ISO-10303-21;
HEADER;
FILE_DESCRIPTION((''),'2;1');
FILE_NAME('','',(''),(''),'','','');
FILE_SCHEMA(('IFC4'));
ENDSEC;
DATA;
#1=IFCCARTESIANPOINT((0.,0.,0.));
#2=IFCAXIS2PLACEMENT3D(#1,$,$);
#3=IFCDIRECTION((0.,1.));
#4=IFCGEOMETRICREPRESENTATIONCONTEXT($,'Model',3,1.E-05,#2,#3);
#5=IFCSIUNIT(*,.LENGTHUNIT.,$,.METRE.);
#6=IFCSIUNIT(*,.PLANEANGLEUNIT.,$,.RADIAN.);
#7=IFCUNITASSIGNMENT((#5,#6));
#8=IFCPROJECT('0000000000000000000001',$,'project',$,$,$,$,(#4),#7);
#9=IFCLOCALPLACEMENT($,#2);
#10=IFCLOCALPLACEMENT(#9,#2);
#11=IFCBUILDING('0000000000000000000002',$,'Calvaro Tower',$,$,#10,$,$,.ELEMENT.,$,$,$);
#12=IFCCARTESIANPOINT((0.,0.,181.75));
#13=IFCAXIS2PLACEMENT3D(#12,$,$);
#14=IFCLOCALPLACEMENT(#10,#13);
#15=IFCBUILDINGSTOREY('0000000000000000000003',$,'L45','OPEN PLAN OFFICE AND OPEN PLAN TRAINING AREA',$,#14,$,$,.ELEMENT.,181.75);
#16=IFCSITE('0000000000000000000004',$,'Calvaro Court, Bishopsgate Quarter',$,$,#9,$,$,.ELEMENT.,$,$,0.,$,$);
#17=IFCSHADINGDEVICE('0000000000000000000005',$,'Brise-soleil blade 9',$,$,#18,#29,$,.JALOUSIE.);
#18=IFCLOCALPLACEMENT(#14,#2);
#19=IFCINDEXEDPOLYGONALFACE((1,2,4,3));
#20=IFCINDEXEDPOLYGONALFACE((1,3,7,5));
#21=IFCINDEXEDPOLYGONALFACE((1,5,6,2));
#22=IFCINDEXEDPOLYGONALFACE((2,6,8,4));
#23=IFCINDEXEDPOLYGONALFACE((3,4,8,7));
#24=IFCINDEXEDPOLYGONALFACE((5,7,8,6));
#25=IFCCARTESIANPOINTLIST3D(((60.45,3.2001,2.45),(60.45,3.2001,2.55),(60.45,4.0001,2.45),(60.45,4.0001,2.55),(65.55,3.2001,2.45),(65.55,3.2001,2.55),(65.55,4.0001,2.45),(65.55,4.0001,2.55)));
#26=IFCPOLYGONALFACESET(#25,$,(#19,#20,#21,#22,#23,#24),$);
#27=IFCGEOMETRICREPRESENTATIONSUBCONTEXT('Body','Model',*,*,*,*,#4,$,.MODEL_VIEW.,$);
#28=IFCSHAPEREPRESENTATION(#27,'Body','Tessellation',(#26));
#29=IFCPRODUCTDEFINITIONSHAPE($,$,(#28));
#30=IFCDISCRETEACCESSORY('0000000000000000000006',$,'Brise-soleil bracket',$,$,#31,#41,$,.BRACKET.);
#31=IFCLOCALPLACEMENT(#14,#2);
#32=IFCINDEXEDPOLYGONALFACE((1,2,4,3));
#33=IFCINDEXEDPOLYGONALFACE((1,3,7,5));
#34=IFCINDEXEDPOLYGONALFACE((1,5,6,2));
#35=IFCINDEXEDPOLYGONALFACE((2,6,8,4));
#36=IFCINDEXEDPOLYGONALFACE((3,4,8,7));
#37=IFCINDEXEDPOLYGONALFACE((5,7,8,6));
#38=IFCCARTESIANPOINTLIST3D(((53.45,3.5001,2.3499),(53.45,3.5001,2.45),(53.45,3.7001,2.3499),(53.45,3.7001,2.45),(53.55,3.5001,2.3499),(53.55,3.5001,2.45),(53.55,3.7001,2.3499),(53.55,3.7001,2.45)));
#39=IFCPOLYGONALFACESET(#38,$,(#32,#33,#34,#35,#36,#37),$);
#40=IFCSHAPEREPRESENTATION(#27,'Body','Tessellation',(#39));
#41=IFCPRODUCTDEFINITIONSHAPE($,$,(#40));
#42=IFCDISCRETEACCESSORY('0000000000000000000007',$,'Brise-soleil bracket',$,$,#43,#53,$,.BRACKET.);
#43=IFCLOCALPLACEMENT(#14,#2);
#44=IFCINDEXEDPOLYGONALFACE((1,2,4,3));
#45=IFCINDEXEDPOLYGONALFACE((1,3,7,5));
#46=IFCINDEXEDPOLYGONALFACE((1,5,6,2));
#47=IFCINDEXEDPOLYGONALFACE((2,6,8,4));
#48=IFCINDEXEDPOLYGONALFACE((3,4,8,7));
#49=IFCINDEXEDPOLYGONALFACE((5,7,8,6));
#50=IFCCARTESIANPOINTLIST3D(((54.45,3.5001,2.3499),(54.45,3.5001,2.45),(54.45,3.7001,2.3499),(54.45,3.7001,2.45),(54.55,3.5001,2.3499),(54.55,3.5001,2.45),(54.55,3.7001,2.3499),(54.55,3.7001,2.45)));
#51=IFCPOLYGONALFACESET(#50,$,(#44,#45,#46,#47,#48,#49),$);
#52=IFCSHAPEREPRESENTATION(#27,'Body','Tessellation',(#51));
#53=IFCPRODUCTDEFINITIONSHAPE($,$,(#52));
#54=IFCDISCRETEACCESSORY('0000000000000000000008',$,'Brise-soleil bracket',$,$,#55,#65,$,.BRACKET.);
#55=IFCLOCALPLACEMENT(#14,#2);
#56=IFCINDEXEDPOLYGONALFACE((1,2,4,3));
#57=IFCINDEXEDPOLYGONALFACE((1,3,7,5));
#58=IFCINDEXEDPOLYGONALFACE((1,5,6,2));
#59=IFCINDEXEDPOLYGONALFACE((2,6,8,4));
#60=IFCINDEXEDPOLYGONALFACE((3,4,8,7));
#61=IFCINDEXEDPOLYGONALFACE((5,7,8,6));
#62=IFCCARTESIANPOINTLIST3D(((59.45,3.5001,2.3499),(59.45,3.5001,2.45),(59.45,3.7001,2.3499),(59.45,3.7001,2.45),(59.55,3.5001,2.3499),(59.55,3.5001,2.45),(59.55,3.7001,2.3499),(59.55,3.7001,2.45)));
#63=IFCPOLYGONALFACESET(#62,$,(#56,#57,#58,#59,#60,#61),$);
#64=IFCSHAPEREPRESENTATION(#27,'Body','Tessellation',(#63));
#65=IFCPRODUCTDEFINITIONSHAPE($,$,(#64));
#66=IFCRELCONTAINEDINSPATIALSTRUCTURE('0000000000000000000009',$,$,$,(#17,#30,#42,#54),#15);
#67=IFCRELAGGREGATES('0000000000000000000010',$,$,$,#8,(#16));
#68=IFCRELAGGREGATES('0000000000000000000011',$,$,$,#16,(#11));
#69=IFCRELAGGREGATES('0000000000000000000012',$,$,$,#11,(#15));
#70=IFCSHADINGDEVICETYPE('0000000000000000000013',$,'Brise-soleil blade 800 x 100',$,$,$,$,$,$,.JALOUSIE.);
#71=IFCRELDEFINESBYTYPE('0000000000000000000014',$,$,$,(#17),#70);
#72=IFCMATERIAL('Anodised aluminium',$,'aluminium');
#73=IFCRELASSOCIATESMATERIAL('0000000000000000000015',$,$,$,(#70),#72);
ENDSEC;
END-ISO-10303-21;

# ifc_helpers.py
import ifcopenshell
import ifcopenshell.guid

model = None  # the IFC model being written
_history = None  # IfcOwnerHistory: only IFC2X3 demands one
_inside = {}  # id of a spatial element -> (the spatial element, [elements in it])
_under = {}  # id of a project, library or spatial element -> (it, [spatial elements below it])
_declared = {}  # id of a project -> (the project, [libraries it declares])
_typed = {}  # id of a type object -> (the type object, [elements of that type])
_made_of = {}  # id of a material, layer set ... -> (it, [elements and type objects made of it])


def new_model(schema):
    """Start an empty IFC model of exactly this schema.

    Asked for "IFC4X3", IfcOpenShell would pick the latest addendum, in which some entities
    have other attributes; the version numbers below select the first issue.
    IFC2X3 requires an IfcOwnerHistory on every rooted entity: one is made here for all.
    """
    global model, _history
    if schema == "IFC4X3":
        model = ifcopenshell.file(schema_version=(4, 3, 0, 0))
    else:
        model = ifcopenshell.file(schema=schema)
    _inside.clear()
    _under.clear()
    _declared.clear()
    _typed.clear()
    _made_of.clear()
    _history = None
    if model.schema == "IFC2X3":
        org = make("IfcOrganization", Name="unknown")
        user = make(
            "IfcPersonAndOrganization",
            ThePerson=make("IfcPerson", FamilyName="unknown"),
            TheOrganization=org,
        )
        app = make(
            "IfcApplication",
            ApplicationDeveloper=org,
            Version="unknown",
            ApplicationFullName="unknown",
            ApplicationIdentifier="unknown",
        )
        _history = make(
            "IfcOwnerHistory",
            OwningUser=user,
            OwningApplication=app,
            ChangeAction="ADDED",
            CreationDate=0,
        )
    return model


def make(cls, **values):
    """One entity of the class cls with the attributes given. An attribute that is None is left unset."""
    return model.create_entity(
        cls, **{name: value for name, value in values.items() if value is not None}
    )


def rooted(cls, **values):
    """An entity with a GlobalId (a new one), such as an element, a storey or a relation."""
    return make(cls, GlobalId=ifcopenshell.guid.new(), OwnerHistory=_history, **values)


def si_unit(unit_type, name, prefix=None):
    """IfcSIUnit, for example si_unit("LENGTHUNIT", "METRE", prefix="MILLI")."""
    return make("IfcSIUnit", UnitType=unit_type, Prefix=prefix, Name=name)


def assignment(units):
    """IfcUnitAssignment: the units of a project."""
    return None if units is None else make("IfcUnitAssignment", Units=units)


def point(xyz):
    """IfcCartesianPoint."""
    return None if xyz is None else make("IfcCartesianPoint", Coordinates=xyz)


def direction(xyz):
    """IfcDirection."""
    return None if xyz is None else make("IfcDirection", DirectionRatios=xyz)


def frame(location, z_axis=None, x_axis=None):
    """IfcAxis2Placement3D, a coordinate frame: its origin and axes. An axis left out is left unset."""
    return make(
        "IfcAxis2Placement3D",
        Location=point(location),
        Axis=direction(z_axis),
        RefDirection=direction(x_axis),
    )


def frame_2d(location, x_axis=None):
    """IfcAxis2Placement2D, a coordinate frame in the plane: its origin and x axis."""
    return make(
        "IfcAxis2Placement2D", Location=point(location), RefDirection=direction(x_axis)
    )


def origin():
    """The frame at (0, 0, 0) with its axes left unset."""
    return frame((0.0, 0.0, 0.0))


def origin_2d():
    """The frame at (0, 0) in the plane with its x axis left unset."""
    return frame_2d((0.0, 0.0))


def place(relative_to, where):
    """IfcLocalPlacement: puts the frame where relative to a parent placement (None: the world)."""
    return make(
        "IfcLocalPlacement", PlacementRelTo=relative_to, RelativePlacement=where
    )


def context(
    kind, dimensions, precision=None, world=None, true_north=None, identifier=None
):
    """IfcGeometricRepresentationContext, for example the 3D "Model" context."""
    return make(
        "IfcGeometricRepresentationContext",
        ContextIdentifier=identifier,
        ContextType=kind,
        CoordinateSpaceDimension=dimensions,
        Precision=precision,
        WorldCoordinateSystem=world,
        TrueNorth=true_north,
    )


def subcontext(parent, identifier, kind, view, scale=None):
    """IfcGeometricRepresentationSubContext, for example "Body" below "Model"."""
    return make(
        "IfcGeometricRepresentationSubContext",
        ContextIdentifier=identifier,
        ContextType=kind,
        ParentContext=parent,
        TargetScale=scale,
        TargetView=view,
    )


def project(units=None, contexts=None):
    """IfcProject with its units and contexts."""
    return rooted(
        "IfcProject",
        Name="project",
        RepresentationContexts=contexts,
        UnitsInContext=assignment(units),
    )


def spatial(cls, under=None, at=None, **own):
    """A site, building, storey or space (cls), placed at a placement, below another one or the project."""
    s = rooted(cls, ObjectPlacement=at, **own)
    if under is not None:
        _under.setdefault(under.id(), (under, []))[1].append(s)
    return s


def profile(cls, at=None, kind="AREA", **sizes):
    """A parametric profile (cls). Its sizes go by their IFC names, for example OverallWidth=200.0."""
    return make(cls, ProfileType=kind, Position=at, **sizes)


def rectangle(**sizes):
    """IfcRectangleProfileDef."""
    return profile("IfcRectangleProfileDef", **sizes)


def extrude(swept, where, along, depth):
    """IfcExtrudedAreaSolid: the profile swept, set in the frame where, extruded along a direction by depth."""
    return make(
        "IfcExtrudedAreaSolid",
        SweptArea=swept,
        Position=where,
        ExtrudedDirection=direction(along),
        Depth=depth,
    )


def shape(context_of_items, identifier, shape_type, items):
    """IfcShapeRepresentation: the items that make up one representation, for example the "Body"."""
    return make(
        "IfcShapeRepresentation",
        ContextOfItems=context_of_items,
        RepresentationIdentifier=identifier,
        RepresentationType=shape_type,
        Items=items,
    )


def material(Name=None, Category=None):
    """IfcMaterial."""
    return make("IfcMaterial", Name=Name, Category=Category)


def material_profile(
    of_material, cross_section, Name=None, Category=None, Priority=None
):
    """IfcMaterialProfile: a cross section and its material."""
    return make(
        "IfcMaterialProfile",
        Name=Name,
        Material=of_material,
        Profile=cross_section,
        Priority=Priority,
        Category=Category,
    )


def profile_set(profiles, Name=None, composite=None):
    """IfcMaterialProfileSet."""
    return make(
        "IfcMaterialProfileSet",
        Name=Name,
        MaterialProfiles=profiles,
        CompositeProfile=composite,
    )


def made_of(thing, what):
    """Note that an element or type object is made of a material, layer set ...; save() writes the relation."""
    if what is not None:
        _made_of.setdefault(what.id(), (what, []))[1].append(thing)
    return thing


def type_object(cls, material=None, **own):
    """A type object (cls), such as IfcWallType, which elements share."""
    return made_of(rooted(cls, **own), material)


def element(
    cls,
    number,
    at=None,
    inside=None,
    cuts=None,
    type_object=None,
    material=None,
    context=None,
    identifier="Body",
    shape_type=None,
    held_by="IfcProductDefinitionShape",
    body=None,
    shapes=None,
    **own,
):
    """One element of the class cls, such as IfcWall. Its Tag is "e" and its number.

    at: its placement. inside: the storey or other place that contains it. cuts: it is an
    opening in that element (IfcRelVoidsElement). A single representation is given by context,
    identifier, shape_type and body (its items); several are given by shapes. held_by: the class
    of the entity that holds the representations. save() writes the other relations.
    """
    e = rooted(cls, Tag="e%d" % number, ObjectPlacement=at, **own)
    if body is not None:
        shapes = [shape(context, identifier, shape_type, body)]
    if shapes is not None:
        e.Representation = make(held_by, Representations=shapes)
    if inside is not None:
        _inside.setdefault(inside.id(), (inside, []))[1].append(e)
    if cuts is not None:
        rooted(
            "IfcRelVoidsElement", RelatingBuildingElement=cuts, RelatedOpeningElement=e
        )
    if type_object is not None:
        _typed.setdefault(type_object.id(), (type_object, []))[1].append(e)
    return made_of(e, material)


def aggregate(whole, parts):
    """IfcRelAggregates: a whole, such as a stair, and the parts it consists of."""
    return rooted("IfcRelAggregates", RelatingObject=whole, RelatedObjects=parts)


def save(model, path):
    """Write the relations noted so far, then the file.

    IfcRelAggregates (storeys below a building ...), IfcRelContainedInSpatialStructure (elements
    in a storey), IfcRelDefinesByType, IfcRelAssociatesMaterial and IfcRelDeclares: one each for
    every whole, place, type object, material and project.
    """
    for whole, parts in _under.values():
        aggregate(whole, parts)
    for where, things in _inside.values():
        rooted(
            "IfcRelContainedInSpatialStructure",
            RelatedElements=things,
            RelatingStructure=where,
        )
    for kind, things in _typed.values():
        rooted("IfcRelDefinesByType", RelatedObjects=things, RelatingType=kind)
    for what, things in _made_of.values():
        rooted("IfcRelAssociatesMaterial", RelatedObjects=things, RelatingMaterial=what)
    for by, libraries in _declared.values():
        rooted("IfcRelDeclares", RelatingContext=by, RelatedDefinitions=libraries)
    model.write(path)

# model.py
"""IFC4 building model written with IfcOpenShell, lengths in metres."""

from ifc_helpers import new_model, si_unit, direction, frame, origin, origin_2d, place, context, subcontext, project, spatial, rectangle, extrude, material, material_profile, profile_set, type_object, element, save


model = new_model("IFC4")

# Units and contexts
model_context = context("Model", 3, precision=1e-05, world=origin(), true_north=direction((0.0, 1.0)))
body_context = subcontext(model_context, "Body", "Model", "MODEL_VIEW")
ifc_project = project(units=[si_unit("LENGTHUNIT", "METRE"), si_unit("PLANEANGLEUNIT", "RADIAN")], contexts=[model_context])

# Site, building, storey
site_placement = place(None, origin())
site = spatial("IfcSite", under=ifc_project, at=site_placement, Name="Calvaro Court, Bishopsgate Quarter", CompositionType="ELEMENT", RefElevation=0.0)
building_placement = place(site_placement, origin())
building = spatial("IfcBuilding", under=site, at=building_placement, Name="Calvaro Tower", CompositionType="ELEMENT")
storey_placement = place(building_placement, frame((0.0, 0.0, 181.75)))
storey = spatial("IfcBuildingStorey", under=building, at=storey_placement, Name="L45", Description="OPEN PLAN OFFICE AND OPEN PLAN TRAINING AREA", CompositionType="ELEMENT", Elevation=181.75)

# Shading device
ifc_material_1 = material(Name="Anodised aluminium", Category="aluminium")
ifc_material_profile_1 = material_profile(ifc_material_1, rectangle(XDim=0.8, YDim=0.1001, at=origin_2d()), Name="Brise-soleil blade 800 x 100")
ifc_profile_set_1 = profile_set([ifc_material_profile_1], Name="Anodised aluminium")
shading_device_type = type_object("IfcShadingDeviceType", Name="Brise-soleil blade 800 x 100", PredefinedType="JALOUSIE", material=ifc_profile_set_1)
for number, where, z_axis, x_axis, name in (
    (1, (60.45, 3.6001, 2.5), (1.0, 0.0, 0.0), (0.0, 1.0, 0.0), "Brise-soleil blade 9"),
):
    element("IfcShadingDevice", number, at=place(storey_placement, frame(where, z_axis=z_axis, x_axis=x_axis)), inside=storey, type_object=shading_device_type, Name=name, PredefinedType="JALOUSIE", context=body_context, shape_type="SweptSolid", body=[
        extrude(rectangle(XDim=0.8, YDim=0.1001, at=origin_2d()), origin(), (0.0, 0.0, 1.0), 5.1001),
    ])

# Discrete accessories
for number, where, z_axis, x_axis, name in (
    (2, (53.5, 3.6001, 2.3499), (0.0, 0.0, 1.0), (1.0, 0.0, 0.0), "Brise-soleil bracket"),
    (3, (54.5, 3.6001, 2.3499), (0.0, 0.0, 1.0), (1.0, 0.0, 0.0), "Brise-soleil bracket"),
    (4, (59.5, 3.6001, 2.3499), (0.0, 0.0, 1.0), (1.0, 0.0, 0.0), "Brise-soleil bracket"),
):
    element("IfcDiscreteAccessory", number, at=place(storey_placement, frame(where, z_axis=z_axis, x_axis=x_axis)), inside=storey, Name=name, PredefinedType="BRACKET", context=body_context, shape_type="SweptSolid", body=[
        extrude(rectangle(XDim=0.1001, YDim=0.2, at=origin_2d()), origin(), (0.0, 0.0, 1.0), 0.1001),
    ])

save(model, "model.ifc")
